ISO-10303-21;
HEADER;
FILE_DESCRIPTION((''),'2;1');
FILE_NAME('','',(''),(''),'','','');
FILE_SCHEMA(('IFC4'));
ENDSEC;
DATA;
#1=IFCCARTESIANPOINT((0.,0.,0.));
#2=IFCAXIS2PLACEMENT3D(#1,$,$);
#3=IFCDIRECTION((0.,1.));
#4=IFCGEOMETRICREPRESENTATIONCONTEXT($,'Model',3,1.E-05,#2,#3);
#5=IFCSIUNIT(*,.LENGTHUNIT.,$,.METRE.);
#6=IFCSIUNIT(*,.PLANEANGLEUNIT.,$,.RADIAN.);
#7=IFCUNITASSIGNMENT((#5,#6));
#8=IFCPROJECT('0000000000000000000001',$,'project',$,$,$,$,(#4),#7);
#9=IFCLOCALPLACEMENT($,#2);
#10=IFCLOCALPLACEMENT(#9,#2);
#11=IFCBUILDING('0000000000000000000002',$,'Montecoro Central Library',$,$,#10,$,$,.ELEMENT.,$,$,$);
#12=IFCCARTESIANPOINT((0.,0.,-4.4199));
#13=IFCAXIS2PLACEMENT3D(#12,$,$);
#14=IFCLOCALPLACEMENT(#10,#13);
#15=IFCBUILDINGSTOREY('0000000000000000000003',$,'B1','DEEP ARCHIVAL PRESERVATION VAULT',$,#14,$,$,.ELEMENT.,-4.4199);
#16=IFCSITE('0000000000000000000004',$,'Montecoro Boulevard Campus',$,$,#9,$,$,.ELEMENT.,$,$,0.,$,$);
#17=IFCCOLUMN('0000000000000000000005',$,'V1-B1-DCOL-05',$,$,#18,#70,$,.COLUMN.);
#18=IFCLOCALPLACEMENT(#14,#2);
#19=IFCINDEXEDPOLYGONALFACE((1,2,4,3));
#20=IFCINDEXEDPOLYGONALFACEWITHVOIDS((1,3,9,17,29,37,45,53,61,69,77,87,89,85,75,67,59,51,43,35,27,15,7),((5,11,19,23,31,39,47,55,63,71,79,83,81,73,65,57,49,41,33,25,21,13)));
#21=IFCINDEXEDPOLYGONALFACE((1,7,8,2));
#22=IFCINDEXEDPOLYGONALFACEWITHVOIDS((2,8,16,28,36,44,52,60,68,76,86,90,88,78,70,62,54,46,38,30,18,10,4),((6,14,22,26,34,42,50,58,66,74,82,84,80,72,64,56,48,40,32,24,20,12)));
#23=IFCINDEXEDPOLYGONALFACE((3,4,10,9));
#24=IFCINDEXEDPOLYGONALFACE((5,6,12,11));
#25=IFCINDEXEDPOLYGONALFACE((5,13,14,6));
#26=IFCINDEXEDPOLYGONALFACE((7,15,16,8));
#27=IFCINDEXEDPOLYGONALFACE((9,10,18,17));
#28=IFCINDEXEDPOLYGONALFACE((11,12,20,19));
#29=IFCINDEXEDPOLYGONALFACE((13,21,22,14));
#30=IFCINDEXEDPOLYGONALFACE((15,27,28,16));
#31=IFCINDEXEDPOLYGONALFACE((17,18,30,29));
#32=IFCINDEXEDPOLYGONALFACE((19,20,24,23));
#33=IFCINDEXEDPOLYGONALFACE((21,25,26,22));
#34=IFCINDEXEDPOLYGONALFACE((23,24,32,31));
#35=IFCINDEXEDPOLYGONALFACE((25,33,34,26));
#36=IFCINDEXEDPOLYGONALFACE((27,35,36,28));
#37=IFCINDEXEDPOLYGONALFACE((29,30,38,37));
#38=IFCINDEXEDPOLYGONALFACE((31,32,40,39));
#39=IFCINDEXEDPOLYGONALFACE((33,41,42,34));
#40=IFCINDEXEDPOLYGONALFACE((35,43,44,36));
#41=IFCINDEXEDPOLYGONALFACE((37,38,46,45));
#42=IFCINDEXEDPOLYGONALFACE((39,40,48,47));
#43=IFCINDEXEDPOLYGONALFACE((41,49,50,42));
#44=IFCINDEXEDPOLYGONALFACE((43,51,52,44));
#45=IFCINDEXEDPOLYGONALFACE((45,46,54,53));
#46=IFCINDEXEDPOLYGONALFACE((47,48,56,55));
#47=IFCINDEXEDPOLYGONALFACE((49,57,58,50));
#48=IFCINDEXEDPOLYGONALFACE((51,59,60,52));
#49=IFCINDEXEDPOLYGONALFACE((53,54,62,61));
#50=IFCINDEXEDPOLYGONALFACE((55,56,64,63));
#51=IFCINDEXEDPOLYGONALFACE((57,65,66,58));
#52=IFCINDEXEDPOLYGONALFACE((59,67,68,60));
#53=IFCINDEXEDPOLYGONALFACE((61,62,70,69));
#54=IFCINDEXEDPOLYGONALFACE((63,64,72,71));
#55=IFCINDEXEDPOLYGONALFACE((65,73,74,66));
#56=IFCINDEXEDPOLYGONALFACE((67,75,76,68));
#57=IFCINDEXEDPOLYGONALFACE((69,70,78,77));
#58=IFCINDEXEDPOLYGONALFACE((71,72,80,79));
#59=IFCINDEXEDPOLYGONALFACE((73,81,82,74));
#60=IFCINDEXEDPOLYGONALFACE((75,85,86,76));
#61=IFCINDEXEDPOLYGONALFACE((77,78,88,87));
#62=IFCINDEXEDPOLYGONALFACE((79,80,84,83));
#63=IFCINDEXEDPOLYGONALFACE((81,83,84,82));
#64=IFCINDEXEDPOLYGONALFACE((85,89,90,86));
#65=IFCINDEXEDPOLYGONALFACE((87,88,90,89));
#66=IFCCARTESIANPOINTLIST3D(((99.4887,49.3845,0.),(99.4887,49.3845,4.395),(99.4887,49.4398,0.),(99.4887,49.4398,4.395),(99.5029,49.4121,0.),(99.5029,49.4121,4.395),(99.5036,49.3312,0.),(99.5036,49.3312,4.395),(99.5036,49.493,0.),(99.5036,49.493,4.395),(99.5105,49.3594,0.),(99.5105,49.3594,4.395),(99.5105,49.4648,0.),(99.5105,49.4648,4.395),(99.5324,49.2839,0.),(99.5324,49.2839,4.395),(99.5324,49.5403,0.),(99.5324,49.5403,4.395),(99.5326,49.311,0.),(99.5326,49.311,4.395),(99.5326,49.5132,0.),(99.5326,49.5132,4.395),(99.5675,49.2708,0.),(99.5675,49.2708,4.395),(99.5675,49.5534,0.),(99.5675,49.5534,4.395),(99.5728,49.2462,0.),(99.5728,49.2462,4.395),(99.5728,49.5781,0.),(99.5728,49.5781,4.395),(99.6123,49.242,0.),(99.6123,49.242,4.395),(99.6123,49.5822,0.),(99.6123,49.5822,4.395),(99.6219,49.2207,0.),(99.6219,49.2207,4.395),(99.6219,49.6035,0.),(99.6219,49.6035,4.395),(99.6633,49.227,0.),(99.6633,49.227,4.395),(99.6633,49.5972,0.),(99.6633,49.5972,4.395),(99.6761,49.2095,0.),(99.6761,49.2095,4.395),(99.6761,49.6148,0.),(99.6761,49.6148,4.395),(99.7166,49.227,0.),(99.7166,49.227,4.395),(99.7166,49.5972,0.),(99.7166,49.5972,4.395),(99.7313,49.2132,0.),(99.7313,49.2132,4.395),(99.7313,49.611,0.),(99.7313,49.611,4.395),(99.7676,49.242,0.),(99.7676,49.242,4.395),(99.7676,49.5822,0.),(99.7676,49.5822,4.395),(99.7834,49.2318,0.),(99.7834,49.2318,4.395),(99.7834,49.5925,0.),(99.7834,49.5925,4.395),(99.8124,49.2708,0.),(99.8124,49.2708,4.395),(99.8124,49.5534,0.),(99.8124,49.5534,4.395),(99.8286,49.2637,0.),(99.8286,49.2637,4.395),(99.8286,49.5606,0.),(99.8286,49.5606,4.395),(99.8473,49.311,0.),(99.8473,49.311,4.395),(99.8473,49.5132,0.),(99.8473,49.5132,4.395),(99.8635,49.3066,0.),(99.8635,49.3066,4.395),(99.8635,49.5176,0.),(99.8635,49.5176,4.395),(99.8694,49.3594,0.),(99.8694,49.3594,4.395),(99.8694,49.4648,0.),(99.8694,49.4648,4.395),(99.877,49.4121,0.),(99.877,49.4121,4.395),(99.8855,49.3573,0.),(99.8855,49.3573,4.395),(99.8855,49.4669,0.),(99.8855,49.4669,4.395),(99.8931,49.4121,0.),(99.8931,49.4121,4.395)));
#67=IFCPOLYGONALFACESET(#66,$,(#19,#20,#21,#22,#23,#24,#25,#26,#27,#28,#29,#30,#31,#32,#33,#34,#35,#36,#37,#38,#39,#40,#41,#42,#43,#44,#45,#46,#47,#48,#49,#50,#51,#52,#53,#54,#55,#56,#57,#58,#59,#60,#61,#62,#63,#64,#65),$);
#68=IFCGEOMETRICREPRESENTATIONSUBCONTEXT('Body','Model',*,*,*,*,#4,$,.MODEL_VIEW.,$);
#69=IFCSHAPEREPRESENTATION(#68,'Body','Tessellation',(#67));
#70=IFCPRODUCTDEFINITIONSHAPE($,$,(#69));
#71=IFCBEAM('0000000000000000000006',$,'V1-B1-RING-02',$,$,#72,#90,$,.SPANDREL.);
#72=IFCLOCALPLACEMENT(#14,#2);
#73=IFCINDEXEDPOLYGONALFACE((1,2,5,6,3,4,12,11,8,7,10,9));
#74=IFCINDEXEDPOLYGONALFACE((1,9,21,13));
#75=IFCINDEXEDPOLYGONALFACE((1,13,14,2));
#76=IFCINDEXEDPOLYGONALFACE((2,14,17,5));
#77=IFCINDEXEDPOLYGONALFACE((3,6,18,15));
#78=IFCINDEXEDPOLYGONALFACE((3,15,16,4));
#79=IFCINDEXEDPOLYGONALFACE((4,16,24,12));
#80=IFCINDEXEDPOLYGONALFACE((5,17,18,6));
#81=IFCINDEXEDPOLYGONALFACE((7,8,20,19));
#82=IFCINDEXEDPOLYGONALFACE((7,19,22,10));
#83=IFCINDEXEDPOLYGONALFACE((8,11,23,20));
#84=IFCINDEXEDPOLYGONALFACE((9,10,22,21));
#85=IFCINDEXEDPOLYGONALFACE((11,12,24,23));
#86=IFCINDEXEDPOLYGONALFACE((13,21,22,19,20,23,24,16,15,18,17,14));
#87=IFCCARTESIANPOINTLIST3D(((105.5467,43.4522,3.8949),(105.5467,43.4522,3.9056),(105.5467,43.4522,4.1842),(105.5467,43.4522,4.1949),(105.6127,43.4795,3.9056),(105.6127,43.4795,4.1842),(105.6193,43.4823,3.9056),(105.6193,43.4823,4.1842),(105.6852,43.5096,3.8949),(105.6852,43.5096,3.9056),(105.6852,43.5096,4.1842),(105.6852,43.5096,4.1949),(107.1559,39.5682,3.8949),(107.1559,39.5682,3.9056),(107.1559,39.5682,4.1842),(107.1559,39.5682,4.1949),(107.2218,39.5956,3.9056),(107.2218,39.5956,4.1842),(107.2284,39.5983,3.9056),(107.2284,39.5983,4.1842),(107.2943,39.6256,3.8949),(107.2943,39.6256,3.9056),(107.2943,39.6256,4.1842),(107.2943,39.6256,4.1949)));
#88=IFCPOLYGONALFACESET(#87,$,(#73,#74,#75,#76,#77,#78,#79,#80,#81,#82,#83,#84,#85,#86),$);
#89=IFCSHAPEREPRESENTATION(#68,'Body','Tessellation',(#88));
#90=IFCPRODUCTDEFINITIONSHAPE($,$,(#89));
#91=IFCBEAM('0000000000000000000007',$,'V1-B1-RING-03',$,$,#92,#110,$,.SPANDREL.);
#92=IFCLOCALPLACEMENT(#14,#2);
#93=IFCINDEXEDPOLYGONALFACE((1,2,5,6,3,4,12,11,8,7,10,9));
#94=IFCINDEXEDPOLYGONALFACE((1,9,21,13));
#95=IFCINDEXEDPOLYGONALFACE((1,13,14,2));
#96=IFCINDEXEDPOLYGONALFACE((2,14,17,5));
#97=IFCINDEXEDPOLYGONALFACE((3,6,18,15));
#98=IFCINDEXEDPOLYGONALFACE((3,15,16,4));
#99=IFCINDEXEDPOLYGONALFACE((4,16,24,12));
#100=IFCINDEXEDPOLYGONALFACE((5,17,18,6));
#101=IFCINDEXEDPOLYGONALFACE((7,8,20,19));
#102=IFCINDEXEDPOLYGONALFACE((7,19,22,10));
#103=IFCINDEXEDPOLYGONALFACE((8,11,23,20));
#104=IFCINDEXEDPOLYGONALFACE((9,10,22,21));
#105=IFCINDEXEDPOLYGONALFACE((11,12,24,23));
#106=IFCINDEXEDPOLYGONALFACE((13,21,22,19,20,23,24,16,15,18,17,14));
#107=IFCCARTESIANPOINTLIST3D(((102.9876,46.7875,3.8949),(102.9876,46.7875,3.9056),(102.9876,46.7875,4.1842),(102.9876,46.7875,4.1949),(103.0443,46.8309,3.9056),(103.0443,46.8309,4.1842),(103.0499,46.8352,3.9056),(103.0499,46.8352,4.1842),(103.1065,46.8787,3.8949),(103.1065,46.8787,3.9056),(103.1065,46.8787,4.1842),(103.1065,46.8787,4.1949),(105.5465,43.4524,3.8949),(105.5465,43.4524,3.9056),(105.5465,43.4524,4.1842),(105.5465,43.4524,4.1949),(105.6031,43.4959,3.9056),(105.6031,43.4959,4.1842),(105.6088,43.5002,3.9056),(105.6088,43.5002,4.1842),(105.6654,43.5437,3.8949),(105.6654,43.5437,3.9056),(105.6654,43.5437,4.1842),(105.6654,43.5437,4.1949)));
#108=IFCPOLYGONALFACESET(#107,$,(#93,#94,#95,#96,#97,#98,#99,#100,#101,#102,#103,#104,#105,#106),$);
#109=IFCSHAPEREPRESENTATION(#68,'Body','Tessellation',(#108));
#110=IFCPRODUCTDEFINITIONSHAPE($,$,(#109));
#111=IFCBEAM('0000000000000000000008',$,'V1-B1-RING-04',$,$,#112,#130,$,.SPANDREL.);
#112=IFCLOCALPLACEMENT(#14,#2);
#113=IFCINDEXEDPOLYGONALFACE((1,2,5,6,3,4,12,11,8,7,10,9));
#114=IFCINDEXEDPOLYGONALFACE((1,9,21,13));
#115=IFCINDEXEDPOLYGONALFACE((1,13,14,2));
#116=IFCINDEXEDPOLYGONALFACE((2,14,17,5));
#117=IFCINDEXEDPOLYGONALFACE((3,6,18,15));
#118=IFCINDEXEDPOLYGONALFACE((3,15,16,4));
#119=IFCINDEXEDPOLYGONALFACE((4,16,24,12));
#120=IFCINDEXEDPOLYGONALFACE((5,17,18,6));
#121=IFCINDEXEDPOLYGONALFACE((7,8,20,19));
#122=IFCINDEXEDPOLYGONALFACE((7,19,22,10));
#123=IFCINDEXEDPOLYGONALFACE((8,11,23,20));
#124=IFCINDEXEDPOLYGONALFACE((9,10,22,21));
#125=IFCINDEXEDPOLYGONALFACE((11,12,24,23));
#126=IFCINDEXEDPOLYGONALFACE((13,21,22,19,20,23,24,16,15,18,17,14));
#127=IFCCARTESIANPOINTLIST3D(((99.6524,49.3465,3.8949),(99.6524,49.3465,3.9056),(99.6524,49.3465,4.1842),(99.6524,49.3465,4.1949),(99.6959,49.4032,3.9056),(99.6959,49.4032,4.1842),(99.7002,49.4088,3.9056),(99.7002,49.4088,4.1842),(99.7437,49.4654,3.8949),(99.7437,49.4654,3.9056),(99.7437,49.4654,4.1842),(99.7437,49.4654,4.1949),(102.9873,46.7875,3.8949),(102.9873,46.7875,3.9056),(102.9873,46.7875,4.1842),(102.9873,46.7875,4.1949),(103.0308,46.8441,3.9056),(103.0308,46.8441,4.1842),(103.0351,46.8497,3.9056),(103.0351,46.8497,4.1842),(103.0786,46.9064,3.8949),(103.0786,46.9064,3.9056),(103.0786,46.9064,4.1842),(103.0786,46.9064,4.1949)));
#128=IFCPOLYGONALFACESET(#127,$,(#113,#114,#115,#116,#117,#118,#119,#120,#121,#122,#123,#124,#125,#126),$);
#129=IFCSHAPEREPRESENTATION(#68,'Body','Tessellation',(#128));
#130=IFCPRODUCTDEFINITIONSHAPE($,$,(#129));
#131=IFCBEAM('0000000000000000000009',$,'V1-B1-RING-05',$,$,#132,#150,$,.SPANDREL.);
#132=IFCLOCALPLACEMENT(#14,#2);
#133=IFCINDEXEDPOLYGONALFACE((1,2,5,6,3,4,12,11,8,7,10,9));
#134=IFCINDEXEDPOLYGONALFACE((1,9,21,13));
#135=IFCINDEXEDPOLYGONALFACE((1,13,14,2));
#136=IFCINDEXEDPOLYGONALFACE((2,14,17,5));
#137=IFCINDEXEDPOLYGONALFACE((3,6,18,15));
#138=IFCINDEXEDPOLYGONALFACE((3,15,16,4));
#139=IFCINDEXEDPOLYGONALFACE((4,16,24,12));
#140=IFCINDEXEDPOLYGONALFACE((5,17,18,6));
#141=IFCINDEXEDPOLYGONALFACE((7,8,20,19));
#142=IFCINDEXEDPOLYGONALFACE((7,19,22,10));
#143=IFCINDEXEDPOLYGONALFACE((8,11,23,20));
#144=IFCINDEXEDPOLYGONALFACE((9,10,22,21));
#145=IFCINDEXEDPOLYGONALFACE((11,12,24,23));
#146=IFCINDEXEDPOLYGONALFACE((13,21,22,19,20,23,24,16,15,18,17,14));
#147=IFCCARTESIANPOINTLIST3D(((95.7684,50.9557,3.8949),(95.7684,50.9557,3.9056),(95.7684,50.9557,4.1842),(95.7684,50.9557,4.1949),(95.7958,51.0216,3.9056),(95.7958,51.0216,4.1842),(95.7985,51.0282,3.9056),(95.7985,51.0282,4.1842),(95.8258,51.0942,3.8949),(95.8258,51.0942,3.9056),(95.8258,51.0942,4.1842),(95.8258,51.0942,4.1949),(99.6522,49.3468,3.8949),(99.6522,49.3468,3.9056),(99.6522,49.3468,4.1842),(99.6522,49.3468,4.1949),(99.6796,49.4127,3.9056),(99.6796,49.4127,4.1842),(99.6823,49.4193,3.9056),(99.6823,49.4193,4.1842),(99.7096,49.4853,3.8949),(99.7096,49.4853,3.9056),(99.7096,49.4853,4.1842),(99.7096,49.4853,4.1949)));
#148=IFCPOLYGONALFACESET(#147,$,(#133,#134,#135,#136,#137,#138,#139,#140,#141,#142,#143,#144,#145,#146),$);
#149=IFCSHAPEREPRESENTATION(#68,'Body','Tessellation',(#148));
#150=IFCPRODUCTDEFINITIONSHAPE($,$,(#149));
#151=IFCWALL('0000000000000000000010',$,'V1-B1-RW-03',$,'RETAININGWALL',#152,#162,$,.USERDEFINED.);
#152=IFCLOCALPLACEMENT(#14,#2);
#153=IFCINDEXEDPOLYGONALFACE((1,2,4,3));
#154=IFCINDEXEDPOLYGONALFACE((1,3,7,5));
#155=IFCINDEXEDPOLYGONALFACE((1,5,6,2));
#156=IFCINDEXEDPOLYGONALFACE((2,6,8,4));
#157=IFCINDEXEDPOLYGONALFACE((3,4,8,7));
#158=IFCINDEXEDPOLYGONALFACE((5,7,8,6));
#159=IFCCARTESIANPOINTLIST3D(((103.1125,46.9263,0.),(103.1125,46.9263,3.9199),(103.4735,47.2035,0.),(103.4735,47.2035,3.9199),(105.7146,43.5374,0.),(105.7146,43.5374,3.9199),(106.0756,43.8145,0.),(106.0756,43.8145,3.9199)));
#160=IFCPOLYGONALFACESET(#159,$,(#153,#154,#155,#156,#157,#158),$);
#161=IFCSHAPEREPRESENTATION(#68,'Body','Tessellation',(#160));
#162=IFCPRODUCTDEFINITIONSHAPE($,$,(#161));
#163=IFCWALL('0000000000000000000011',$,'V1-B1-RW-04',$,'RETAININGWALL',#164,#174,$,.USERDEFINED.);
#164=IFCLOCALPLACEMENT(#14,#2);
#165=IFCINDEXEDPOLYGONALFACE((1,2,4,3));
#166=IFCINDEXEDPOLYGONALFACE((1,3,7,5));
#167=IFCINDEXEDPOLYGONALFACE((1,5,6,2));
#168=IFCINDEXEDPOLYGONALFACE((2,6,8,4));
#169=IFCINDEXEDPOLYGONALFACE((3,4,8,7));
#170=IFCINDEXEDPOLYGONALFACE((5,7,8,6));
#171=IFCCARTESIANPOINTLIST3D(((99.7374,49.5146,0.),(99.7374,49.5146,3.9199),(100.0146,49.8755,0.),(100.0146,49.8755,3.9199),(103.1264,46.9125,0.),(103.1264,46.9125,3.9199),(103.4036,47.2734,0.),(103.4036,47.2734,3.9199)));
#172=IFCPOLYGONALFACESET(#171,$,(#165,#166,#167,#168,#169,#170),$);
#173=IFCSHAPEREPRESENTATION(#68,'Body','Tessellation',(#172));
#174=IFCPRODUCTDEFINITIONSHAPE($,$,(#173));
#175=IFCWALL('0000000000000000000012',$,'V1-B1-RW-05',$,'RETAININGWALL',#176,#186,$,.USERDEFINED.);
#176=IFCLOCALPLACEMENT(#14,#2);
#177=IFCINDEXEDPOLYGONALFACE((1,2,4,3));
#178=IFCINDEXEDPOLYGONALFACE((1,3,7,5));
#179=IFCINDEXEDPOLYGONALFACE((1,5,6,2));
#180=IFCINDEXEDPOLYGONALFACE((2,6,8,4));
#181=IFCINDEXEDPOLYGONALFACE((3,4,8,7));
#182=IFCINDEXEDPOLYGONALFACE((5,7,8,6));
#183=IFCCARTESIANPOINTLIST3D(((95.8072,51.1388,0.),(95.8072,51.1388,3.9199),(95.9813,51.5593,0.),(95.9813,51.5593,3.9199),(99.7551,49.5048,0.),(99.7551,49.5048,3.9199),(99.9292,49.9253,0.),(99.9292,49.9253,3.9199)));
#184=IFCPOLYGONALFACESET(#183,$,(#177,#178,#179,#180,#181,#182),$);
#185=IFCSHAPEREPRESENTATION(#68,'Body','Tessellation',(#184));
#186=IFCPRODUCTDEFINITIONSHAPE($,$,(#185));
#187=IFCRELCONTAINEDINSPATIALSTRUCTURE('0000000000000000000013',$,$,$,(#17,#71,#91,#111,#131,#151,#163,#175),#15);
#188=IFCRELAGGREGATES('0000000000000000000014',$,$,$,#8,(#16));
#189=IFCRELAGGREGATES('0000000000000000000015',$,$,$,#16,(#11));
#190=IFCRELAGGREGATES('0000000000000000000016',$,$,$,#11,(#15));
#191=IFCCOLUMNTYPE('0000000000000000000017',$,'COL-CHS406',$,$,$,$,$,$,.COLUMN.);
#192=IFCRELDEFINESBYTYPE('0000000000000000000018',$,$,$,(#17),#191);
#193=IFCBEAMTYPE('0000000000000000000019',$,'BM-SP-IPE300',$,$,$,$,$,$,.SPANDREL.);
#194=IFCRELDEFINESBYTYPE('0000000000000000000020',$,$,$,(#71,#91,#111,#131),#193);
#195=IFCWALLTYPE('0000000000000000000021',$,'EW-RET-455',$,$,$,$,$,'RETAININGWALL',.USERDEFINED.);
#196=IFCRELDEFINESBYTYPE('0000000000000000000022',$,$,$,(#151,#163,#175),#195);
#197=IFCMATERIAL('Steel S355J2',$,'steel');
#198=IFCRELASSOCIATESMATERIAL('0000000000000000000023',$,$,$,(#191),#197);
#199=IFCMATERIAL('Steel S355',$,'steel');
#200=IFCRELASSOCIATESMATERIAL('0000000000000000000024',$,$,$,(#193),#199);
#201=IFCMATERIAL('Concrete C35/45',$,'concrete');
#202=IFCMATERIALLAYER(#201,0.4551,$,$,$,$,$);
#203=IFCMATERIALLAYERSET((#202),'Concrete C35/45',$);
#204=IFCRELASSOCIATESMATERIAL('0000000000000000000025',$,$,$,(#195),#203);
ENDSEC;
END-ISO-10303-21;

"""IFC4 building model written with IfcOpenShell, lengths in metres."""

from ifc_helpers import new_model, si_unit, direction, frame, frame_2d, origin, origin_2d, place, context, subcontext, project, spatial, rectangle, hollow_circle, i_section, extrude, material, layer, layer_set, material_profile, profile_set, type_object, element, save


model = new_model("IFC4")

# Units and contexts
model_context = context("Model", 3, precision=1e-05, world=origin(), true_north=direction((0.0, 1.0)))
body_context = subcontext(model_context, "Body", "Model", "MODEL_VIEW")
ifc_project = project(units=[si_unit("LENGTHUNIT", "METRE"), si_unit("PLANEANGLEUNIT", "RADIAN")], contexts=[model_context])

# Site, building, storey
site_placement = place(None, origin())
site = spatial("IfcSite", under=ifc_project, at=site_placement, Name="Montecoro Boulevard Campus", CompositionType="ELEMENT", RefElevation=0.0)
building_placement = place(site_placement, origin())
building = spatial("IfcBuilding", under=site, at=building_placement, Name="Montecoro Central Library", CompositionType="ELEMENT")
storey_placement = place(building_placement, frame((0.0, 0.0, -4.4199)))
storey = spatial("IfcBuildingStorey", under=building, at=storey_placement, Name="B1", Description="DEEP ARCHIVAL PRESERVATION VAULT", CompositionType="ELEMENT", Elevation=-4.4199)

# Shared definitions
ifc_material_1 = material(Name="Concrete C35/45", Category="concrete")

# Column
ifc_material_2 = material(Name="Steel S355J2", Category="steel")
ifc_material_profile_1 = material_profile(ifc_material_2, hollow_circle(Radius=0.2031, WallThickness=0.0161, at=origin_2d()), Name="CHS 406.4x16.0")
ifc_profile_set_1 = profile_set([ifc_material_profile_1], Name="Steel S355J2")
column_type = type_object("IfcColumnType", Name="COL-CHS406", PredefinedType="COLUMN", material=ifc_profile_set_1)
for number, where, z_axis, x_axis, name in (
    (1, (99.6899, 49.4121, 0.0), (0.0, 0.0, 1.0), (1.0, 0.0, 0.0), "V1-B1-DCOL-05"),
):
    element("IfcColumn", number, at=place(storey_placement, frame(where, z_axis=z_axis, x_axis=x_axis)), inside=storey, type_object=column_type, Name=name, PredefinedType="COLUMN", context=body_context, shape_type="SweptSolid", body=[
        extrude(hollow_circle(Radius=0.2031, WallThickness=0.0161, at=origin_2d()), origin(), (0.0, 0.0, 1.0), 4.395),
    ])

# Beams
ifc_material_3 = material(Name="Steel S355", Category="steel")
ifc_material_profile_2 = material_profile(ifc_material_3, i_section(OverallWidth=0.1499, OverallDepth=0.3, WebThickness=0.0071, FlangeThickness=0.0107, at=origin_2d()), Name="IPE 300")
ifc_profile_set_2 = profile_set([ifc_material_profile_2], Name="Steel S355")
beam_type = type_object("IfcBeamType", Name="BM-SP-IPE300", PredefinedType="SPANDREL", material=ifc_profile_set_2)
beam_1_placement = place(storey_placement, frame((107.2251, 39.5969, 4.0449), z_axis=(-0.382747, 0.923853, 0.0), x_axis=(-0.923853, -0.382747, 0.0)))
element("IfcBeam", 2, at=beam_1_placement, inside=storey, type_object=beam_type, Name="V1-B1-RING-02", PredefinedType="SPANDREL", context=body_context, shape_type="SweptSolid", body=[
    extrude(i_section(OverallWidth=0.1499, OverallDepth=0.3, WebThickness=0.0071, FlangeThickness=0.0107, at=origin_2d()), origin(), (0.0, 0.0, 1.0), 4.2041),
])
for number, where, z_axis, x_axis, name in (
    (3, (105.606, 43.498, 4.0449), (-0.608736, 0.793373, 0.0), (-0.793373, -0.608736, 0.0), "V1-B1-RING-03"),
    (4, (103.033, 46.8469, 4.0449), (-0.793345, 0.608773, 0.0), (-0.608773, -0.793345, 0.0), "V1-B1-RING-04"),
):
    element("IfcBeam", number, at=place(storey_placement, frame(where, z_axis=z_axis, x_axis=x_axis)), inside=storey, type_object=beam_type, Name=name, PredefinedType="SPANDREL", context=body_context, shape_type="SweptSolid", body=[
        extrude(i_section(OverallWidth=0.1499, OverallDepth=0.3, WebThickness=0.0071, FlangeThickness=0.0107, at=origin_2d()), origin(), (0.0, 0.0, 1.0), 4.2036),
    ])
beam_2_placement = place(storey_placement, frame((99.6809, 49.416, 4.0449), z_axis=(-0.923865, 0.382718, 0.0), x_axis=(-0.382718, -0.923865, 0.0)))
element("IfcBeam", 5, at=beam_2_placement, inside=storey, type_object=beam_type, Name="V1-B1-RING-05", PredefinedType="SPANDREL", context=body_context, shape_type="SweptSolid", body=[
    extrude(i_section(OverallWidth=0.1499, OverallDepth=0.3, WebThickness=0.0071, FlangeThickness=0.0107, at=origin_2d()), origin(), (0.0, 0.0, 1.0), 4.2039),
])

# Walls
ifc_layer_1 = layer(ifc_material_1, 0.4551)
ifc_layer_set_1 = layer_set([ifc_layer_1], Name="Concrete C35/45")
wall_type_1 = type_object("IfcWallType", Name="EW-RET-455", ElementType="RETAININGWALL", PredefinedType="USERDEFINED", material=ifc_layer_set_1)
for number, where, z_axis, x_axis, name in (
    (6, (105.895, 43.676, 0.0), (0.0, 0.0, 1.0), (-0.609004, 0.793167, 0.0), "V1-B1-RW-03"),
    (7, (103.2649, 47.093, 0.0), (0.0, 0.0, 1.0), (-0.793167, 0.609004, 0.0), "V1-B1-RW-04"),
    (8, (99.842, 49.7151, 0.0), (0.0, 0.0, 1.0), (-0.923986, 0.382427, 0.0), "V1-B1-RW-05"),
):
    element("IfcWall", number, at=place(storey_placement, frame(where, z_axis=z_axis, x_axis=x_axis)), inside=storey, type_object=wall_type_1, Name=name, ObjectType="RETAININGWALL", PredefinedType="USERDEFINED", context=body_context, shape_type="SweptSolid", body=[
        extrude(rectangle(XDim=4.2727, YDim=0.4551, at=frame_2d((2.1362, 0.0))), origin(), (0.0, 0.0, 1.0), 3.9199),
    ])

save(model, "model.ifc")
